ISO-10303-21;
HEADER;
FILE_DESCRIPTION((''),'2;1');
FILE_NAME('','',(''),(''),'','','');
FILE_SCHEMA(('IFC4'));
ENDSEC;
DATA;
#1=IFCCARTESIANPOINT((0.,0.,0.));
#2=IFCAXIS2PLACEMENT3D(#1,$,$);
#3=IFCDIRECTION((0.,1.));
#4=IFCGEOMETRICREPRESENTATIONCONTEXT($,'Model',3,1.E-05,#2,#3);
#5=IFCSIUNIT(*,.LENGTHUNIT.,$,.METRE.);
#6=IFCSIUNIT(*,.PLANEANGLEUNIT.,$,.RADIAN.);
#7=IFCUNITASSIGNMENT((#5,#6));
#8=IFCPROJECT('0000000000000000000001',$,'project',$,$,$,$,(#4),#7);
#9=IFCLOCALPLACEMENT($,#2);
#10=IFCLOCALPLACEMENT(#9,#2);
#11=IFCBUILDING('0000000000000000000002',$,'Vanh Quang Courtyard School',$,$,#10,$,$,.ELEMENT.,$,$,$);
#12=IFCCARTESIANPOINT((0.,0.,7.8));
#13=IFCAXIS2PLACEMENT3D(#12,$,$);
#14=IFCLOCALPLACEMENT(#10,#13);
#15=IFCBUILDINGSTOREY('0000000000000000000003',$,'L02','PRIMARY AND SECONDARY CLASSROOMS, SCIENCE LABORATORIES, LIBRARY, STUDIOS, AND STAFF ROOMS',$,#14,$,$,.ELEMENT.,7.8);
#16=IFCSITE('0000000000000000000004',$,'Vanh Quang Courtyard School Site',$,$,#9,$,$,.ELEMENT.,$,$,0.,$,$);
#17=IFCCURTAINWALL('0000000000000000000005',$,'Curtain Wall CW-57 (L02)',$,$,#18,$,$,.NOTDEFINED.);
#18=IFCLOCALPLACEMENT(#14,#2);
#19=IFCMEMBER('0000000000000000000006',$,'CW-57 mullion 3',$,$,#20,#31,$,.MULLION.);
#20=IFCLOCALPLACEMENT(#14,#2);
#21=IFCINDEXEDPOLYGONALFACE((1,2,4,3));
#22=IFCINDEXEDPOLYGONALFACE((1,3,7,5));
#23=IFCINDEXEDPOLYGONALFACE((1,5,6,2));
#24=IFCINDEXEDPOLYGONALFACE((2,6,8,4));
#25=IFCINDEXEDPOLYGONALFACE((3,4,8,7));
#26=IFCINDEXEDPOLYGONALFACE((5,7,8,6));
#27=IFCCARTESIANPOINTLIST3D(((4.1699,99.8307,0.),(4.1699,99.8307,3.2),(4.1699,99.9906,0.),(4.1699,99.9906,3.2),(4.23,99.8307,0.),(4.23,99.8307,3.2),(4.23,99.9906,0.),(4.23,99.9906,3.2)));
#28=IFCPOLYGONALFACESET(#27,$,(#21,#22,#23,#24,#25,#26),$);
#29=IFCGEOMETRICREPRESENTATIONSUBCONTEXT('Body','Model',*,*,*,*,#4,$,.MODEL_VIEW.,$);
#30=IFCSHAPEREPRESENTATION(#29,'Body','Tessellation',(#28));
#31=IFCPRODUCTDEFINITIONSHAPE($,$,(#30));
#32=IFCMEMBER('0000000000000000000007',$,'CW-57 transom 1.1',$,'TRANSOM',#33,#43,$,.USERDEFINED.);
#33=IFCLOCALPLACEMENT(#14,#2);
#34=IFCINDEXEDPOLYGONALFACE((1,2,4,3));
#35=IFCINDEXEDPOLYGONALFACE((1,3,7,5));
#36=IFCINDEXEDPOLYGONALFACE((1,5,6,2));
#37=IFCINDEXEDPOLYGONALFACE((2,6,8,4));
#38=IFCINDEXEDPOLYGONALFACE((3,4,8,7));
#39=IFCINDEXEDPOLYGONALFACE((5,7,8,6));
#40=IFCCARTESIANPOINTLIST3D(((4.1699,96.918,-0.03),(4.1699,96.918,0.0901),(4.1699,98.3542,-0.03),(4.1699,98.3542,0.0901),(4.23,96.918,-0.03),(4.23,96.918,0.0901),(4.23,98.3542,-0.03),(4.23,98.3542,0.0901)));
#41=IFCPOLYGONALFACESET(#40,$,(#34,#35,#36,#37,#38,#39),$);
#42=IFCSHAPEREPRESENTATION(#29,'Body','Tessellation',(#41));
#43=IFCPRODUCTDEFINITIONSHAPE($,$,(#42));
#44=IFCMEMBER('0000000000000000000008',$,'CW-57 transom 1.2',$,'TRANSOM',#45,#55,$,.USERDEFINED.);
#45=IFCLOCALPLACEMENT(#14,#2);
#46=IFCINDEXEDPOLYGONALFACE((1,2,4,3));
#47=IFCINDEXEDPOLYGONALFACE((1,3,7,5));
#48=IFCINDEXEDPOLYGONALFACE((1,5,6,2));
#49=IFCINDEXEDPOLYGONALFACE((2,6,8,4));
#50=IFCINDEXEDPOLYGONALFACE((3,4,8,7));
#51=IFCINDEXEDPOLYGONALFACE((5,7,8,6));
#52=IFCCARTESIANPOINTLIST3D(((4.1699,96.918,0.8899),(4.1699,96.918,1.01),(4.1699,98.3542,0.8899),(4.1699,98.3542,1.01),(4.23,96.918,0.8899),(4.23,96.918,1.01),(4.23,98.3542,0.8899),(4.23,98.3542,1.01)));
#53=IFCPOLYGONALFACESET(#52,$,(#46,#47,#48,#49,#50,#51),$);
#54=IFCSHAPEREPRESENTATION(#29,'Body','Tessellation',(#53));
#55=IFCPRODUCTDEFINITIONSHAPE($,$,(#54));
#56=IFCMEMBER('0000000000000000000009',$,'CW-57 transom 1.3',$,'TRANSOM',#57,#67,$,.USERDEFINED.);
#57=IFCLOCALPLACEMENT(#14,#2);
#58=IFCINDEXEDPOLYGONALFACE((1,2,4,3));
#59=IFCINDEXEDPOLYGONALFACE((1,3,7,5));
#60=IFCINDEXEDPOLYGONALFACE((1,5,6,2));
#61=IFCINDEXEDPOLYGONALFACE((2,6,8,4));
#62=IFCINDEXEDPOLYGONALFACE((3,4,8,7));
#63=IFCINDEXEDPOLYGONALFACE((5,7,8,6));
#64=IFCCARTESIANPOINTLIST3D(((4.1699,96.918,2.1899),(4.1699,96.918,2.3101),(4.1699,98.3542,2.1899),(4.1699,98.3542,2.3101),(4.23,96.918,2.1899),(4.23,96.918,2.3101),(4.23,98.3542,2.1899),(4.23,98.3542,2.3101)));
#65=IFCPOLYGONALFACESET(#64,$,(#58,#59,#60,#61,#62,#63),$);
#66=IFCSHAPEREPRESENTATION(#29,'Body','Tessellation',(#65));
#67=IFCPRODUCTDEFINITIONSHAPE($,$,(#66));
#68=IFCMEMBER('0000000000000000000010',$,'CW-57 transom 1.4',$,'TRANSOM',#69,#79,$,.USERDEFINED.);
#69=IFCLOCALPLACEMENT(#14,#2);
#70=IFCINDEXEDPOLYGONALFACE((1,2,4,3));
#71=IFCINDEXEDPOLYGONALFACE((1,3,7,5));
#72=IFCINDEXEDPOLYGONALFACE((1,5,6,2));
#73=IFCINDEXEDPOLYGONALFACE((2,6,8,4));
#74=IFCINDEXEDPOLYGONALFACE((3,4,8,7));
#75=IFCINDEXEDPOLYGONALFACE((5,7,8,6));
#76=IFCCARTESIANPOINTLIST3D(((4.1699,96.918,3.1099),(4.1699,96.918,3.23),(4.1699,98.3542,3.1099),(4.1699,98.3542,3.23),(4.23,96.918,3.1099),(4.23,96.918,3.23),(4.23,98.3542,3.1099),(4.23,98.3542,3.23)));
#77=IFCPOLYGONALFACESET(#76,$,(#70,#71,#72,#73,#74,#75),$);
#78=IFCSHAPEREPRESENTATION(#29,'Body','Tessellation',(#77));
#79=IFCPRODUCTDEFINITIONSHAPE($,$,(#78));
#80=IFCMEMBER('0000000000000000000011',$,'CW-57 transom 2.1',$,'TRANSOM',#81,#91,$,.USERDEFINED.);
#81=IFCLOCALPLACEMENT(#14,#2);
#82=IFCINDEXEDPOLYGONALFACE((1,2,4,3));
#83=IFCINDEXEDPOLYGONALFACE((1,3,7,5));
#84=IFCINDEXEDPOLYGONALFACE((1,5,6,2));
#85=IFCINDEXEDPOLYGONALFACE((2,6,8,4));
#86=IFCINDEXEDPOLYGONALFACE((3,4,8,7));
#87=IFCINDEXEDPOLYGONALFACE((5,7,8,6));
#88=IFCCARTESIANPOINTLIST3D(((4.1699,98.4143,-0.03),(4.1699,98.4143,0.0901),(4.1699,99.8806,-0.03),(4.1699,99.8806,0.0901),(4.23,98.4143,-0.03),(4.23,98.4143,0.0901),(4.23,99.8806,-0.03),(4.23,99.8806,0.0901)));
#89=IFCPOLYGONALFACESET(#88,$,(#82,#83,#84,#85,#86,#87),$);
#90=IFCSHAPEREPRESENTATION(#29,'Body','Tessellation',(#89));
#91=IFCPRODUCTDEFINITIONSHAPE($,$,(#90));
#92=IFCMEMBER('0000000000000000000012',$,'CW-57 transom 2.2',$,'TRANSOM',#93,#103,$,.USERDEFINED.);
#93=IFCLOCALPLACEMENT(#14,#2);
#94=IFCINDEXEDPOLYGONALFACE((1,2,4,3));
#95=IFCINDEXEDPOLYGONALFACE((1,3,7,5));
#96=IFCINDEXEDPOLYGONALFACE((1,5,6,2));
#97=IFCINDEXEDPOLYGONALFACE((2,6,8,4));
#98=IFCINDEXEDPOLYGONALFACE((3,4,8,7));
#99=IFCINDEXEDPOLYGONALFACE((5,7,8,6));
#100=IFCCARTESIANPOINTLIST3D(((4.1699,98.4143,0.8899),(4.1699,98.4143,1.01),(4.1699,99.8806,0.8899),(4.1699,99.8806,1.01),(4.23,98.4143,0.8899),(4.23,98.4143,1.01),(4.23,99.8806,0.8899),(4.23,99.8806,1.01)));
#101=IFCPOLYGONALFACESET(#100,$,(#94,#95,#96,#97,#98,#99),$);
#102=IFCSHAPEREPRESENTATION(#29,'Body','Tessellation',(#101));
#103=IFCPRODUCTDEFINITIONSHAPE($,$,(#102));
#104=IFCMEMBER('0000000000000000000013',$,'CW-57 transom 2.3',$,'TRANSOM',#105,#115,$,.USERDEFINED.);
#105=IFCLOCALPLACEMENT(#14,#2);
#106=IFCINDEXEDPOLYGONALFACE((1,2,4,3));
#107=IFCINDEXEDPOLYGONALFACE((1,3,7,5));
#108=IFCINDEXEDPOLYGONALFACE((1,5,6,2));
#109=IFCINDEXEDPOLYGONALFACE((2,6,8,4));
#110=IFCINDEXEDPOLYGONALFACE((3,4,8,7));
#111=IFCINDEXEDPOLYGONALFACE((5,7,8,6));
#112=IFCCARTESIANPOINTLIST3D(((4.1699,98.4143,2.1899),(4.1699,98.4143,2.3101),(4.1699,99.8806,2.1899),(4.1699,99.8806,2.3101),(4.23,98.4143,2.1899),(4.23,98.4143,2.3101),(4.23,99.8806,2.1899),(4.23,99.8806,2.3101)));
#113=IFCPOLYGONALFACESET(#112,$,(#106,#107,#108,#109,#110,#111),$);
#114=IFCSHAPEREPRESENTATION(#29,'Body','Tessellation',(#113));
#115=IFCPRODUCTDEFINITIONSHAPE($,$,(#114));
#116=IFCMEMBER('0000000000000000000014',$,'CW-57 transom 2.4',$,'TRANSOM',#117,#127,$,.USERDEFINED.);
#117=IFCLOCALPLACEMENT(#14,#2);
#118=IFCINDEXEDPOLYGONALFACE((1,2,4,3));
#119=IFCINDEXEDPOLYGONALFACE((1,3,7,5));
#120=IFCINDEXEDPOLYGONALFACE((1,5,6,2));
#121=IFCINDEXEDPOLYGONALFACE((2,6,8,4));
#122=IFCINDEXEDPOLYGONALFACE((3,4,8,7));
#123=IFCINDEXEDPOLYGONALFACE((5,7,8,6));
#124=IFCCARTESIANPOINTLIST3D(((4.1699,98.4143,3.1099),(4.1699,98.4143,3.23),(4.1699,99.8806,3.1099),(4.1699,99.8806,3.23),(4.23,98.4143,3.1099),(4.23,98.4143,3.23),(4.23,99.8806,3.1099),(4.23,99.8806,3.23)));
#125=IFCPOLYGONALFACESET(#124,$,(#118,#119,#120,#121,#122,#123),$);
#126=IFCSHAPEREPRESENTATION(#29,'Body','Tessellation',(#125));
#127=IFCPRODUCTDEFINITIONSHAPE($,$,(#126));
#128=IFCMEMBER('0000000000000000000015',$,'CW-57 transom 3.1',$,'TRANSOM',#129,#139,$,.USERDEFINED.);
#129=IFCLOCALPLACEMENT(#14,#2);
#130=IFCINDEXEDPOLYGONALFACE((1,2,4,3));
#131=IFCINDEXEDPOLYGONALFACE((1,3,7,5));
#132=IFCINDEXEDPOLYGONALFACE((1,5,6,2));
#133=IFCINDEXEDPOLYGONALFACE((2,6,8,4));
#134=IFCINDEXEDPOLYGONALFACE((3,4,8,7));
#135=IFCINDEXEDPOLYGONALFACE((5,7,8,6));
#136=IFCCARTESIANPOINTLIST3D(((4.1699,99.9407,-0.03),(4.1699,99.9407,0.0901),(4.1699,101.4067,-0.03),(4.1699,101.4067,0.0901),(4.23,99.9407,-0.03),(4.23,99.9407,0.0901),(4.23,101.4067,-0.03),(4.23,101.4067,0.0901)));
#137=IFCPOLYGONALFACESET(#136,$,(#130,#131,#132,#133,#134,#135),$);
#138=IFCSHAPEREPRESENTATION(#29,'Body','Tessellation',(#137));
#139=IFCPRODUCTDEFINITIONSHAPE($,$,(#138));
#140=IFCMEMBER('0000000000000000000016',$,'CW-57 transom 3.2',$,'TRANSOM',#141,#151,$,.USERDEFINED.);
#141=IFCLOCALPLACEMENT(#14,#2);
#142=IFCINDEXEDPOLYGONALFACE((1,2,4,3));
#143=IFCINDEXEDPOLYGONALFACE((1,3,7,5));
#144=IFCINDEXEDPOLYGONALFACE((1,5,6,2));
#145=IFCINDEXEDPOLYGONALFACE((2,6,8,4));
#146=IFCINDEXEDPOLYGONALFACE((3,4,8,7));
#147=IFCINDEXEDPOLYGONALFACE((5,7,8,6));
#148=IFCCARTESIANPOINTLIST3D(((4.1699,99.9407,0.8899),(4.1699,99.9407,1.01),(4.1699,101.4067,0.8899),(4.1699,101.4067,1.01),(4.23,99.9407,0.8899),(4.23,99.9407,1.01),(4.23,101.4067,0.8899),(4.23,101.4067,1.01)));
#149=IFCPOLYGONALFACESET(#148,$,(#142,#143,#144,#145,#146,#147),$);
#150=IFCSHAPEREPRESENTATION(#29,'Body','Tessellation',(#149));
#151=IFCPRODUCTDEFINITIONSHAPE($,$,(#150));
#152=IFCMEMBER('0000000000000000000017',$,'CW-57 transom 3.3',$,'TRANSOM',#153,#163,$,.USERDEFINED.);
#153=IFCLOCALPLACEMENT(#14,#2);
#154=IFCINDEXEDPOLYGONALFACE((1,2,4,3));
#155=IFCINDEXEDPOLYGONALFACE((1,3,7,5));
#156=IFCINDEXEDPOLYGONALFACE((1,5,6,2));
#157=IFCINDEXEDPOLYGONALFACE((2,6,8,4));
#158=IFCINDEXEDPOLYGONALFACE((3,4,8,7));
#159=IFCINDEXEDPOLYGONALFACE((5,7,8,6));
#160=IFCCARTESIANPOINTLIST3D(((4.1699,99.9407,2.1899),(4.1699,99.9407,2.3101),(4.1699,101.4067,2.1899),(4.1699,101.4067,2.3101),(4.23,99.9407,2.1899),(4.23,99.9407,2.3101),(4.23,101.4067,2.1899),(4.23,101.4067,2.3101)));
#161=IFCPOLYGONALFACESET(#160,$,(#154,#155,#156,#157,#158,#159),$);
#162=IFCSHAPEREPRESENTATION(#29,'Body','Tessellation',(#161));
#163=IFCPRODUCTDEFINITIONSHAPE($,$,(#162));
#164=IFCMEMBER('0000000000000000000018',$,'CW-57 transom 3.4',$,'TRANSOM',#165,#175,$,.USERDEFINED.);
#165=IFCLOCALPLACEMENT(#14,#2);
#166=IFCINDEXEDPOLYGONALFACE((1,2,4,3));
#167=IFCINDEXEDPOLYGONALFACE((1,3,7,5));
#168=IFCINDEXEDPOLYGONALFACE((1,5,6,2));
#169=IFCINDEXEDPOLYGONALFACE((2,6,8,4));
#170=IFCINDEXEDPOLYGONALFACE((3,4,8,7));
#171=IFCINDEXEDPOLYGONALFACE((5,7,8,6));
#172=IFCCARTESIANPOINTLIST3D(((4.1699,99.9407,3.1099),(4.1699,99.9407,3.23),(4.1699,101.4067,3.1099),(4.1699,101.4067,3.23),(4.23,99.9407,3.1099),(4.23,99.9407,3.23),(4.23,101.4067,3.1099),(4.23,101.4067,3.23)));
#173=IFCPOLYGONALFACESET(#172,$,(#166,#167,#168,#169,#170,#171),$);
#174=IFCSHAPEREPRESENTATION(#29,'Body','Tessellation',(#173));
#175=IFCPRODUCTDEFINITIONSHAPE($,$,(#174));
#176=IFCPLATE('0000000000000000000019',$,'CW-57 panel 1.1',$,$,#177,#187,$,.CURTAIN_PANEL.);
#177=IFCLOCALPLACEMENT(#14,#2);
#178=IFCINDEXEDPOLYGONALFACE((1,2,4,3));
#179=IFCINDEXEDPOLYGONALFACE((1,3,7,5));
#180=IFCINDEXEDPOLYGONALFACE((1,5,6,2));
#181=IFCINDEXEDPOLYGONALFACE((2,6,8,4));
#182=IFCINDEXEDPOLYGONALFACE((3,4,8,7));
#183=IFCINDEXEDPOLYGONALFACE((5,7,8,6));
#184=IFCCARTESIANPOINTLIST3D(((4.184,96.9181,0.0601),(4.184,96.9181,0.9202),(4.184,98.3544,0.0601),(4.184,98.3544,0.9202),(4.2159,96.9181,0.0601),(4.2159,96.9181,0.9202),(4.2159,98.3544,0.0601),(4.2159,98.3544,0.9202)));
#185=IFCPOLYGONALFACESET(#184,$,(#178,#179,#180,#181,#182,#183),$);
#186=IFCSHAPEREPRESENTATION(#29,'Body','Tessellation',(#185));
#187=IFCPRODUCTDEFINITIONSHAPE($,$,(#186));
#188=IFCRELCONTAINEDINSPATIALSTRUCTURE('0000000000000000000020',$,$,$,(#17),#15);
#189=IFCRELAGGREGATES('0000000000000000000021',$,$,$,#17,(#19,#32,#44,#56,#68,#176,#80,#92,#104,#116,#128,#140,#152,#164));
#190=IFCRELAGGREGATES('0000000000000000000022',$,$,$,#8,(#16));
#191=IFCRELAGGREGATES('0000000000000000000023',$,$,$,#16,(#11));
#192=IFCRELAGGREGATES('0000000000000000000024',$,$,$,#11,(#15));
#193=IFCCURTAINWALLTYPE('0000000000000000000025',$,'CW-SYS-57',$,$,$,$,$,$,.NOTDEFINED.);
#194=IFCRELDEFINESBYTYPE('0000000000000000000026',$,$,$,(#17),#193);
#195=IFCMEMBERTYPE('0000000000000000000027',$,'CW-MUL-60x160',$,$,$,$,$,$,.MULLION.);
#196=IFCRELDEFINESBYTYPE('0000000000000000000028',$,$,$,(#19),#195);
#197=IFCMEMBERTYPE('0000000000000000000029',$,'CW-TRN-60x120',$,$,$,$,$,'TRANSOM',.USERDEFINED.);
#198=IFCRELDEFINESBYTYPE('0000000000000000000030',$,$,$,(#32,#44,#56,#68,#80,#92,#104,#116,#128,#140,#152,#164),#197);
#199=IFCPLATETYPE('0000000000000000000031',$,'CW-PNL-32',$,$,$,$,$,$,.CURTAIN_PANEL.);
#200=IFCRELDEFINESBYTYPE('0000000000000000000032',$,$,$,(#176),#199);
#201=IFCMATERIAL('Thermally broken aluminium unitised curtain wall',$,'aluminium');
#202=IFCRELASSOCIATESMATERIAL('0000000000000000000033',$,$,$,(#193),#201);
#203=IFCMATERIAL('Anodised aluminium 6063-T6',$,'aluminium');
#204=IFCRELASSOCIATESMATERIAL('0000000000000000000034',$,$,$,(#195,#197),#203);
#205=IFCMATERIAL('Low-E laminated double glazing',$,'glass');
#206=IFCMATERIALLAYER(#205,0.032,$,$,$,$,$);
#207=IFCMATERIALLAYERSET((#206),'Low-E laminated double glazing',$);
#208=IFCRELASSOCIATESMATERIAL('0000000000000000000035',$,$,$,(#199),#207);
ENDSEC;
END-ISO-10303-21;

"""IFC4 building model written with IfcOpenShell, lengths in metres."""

from ifc_helpers import new_model, si_unit, direction, frame, origin, origin_2d, place, context, subcontext, project, spatial, rectangle, extrude, material, layer, layer_set, material_profile, profile_set, type_object, element, aggregate, save


model = new_model("IFC4")

# Units and contexts
model_context = context("Model", 3, precision=1e-05, world=origin(), true_north=direction((0.0, 1.0)))
body_context = subcontext(model_context, "Body", "Model", "MODEL_VIEW")
ifc_project = project(units=[si_unit("LENGTHUNIT", "METRE"), si_unit("PLANEANGLEUNIT", "RADIAN")], contexts=[model_context])

# Site, building, storey
site_placement = place(None, origin())
site = spatial("IfcSite", under=ifc_project, at=site_placement, Name="Vanh Quang Courtyard School Site", CompositionType="ELEMENT", RefElevation=0.0)
building_placement = place(site_placement, origin())
building = spatial("IfcBuilding", under=site, at=building_placement, Name="Vanh Quang Courtyard School", CompositionType="ELEMENT")
storey_placement = place(building_placement, frame((0.0, 0.0, 7.8)))
storey = spatial("IfcBuildingStorey", under=building, at=storey_placement, Name="L02", Description="PRIMARY AND SECONDARY CLASSROOMS, SCIENCE LABORATORIES, LIBRARY, STUDIOS, AND STAFF ROOMS", CompositionType="ELEMENT", Elevation=7.8)

# Curtain wall, members, plate
ifc_material_1 = material(Name="Thermally broken aluminium unitised curtain wall", Category="aluminium")
curtain_wall_type = type_object("IfcCurtainWallType", Name="CW-SYS-57", PredefinedType="NOTDEFINED", material=ifc_material_1)
curtain_wall_placement = place(storey_placement, origin())
curtain_wall = element("IfcCurtainWall", 1, at=curtain_wall_placement, inside=storey, type_object=curtain_wall_type, Name="Curtain Wall CW-57 (L02)", PredefinedType="NOTDEFINED")
ifc_material_2 = material(Name="Anodised aluminium 6063-T6", Category="aluminium")
ifc_material_profile_1 = material_profile(ifc_material_2, rectangle(XDim=0.0601, YDim=0.1599, at=origin_2d()), Name="ALU-MUL 60x160")
ifc_profile_set_1 = profile_set([ifc_material_profile_1], Name="Anodised aluminium 6063-T6")
member_type_1 = type_object("IfcMemberType", Name="CW-MUL-60x160", PredefinedType="MULLION", material=ifc_profile_set_1)
member_1_placement = place(storey_placement, frame((4.2, 99.9106, 0.0), z_axis=(0.0, 0.0, 1.0), x_axis=(-1.0, 0.0, 0.0)))
member_1 = element("IfcMember", 2, at=member_1_placement, type_object=member_type_1, Name="CW-57 mullion 3", PredefinedType="MULLION", context=body_context, shape_type="SweptSolid", body=[
    extrude(rectangle(XDim=0.0601, YDim=0.1599, at=origin_2d()), origin(), (0.0, 0.0, 1.0), 3.2),
])
ifc_material_profile_2 = material_profile(ifc_material_2, rectangle(XDim=0.0601, YDim=0.1201, at=origin_2d()), Name="ALU-TRN 60x120")
ifc_profile_set_2 = profile_set([ifc_material_profile_2], Name="Anodised aluminium 6063-T6")
member_type_2 = type_object("IfcMemberType", Name="CW-TRN-60x120", ElementType="TRANSOM", PredefinedType="USERDEFINED", material=ifc_profile_set_2)
member_2_placement = place(storey_placement, frame((4.2, 96.918, 0.03), z_axis=(0.0, 1.0, 0.0), x_axis=(-1.0, 0.0, 0.0)))
member_2 = element("IfcMember", 3, at=member_2_placement, type_object=member_type_2, Name="CW-57 transom 1.1", ObjectType="TRANSOM", PredefinedType="USERDEFINED", context=body_context, shape_type="SweptSolid", body=[
    extrude(rectangle(XDim=0.0601, YDim=0.1201, at=origin_2d()), origin(), (0.0, 0.0, 1.0), 1.4363),
])
member_3_placement = place(storey_placement, frame((4.2, 96.918, 0.95), z_axis=(0.0, 1.0, 0.0), x_axis=(-1.0, 0.0, 0.0)))
member_3 = element("IfcMember", 4, at=member_3_placement, type_object=member_type_2, Name="CW-57 transom 1.2", ObjectType="TRANSOM", PredefinedType="USERDEFINED", context=body_context, shape_type="SweptSolid", body=[
    extrude(rectangle(XDim=0.0601, YDim=0.1201, at=origin_2d()), origin(), (0.0, 0.0, 1.0), 1.4363),
])
member_4_placement = place(storey_placement, frame((4.2, 96.918, 2.25), z_axis=(0.0, 1.0, 0.0), x_axis=(-1.0, 0.0, 0.0)))
member_4 = element("IfcMember", 5, at=member_4_placement, type_object=member_type_2, Name="CW-57 transom 1.3", ObjectType="TRANSOM", PredefinedType="USERDEFINED", context=body_context, shape_type="SweptSolid", body=[
    extrude(rectangle(XDim=0.0601, YDim=0.1201, at=origin_2d()), origin(), (0.0, 0.0, 1.0), 1.4363),
])
member_5_placement = place(storey_placement, frame((4.2, 96.918, 3.1699), z_axis=(0.0, 1.0, 0.0), x_axis=(-1.0, 0.0, 0.0)))
member_5 = element("IfcMember", 6, at=member_5_placement, type_object=member_type_2, Name="CW-57 transom 1.4", ObjectType="TRANSOM", PredefinedType="USERDEFINED", context=body_context, shape_type="SweptSolid", body=[
    extrude(rectangle(XDim=0.0601, YDim=0.1201, at=origin_2d()), origin(), (0.0, 0.0, 1.0), 1.4363),
])
member_6_placement = place(storey_placement, frame((4.2, 98.4143, 0.03), z_axis=(0.0, 1.0, 0.0), x_axis=(-1.0, 0.0, 0.0)))
member_6 = element("IfcMember", 7, at=member_6_placement, type_object=member_type_2, Name="CW-57 transom 2.1", ObjectType="TRANSOM", PredefinedType="USERDEFINED", context=body_context, shape_type="SweptSolid", body=[
    extrude(rectangle(XDim=0.0601, YDim=0.1201, at=origin_2d()), origin(), (0.0, 0.0, 1.0), 1.4663),
])
member_7_placement = place(storey_placement, frame((4.2, 98.4143, 0.95), z_axis=(0.0, 1.0, 0.0), x_axis=(-1.0, 0.0, 0.0)))
member_7 = element("IfcMember", 8, at=member_7_placement, type_object=member_type_2, Name="CW-57 transom 2.2", ObjectType="TRANSOM", PredefinedType="USERDEFINED", context=body_context, shape_type="SweptSolid", body=[
    extrude(rectangle(XDim=0.0601, YDim=0.1201, at=origin_2d()), origin(), (0.0, 0.0, 1.0), 1.4663),
])
member_8_placement = place(storey_placement, frame((4.2, 98.4143, 2.25), z_axis=(0.0, 1.0, 0.0), x_axis=(-1.0, 0.0, 0.0)))
member_8 = element("IfcMember", 9, at=member_8_placement, type_object=member_type_2, Name="CW-57 transom 2.3", ObjectType="TRANSOM", PredefinedType="USERDEFINED", context=body_context, shape_type="SweptSolid", body=[
    extrude(rectangle(XDim=0.0601, YDim=0.1201, at=origin_2d()), origin(), (0.0, 0.0, 1.0), 1.4663),
])
member_9_placement = place(storey_placement, frame((4.2, 98.4143, 3.1699), z_axis=(0.0, 1.0, 0.0), x_axis=(-1.0, 0.0, 0.0)))
member_9 = element("IfcMember", 10, at=member_9_placement, type_object=member_type_2, Name="CW-57 transom 2.4", ObjectType="TRANSOM", PredefinedType="USERDEFINED", context=body_context, shape_type="SweptSolid", body=[
    extrude(rectangle(XDim=0.0601, YDim=0.1201, at=origin_2d()), origin(), (0.0, 0.0, 1.0), 1.4663),
])
member_10_placement = place(storey_placement, frame((4.2, 99.9407, 0.03), z_axis=(0.0, 1.0, 0.0), x_axis=(-1.0, 0.0, 0.0)))
member_10 = element("IfcMember", 11, at=member_10_placement, type_object=member_type_2, Name="CW-57 transom 3.1", ObjectType="TRANSOM", PredefinedType="USERDEFINED", context=body_context, shape_type="SweptSolid", body=[
    extrude(rectangle(XDim=0.0601, YDim=0.1201, at=origin_2d()), origin(), (0.0, 0.0, 1.0), 1.4661),
])
member_11_placement = place(storey_placement, frame((4.2, 99.9407, 0.95), z_axis=(0.0, 1.0, 0.0), x_axis=(-1.0, 0.0, 0.0)))
member_11 = element("IfcMember", 12, at=member_11_placement, type_object=member_type_2, Name="CW-57 transom 3.2", ObjectType="TRANSOM", PredefinedType="USERDEFINED", context=body_context, shape_type="SweptSolid", body=[
    extrude(rectangle(XDim=0.0601, YDim=0.1201, at=origin_2d()), origin(), (0.0, 0.0, 1.0), 1.4661),
])
member_12_placement = place(storey_placement, frame((4.2, 99.9407, 2.25), z_axis=(0.0, 1.0, 0.0), x_axis=(-1.0, 0.0, 0.0)))
member_12 = element("IfcMember", 13, at=member_12_placement, type_object=member_type_2, Name="CW-57 transom 3.3", ObjectType="TRANSOM", PredefinedType="USERDEFINED", context=body_context, shape_type="SweptSolid", body=[
    extrude(rectangle(XDim=0.0601, YDim=0.1201, at=origin_2d()), origin(), (0.0, 0.0, 1.0), 1.4661),
])
member_13_placement = place(storey_placement, frame((4.2, 99.9407, 3.1699), z_axis=(0.0, 1.0, 0.0), x_axis=(-1.0, 0.0, 0.0)))
member_13 = element("IfcMember", 14, at=member_13_placement, type_object=member_type_2, Name="CW-57 transom 3.4", ObjectType="TRANSOM", PredefinedType="USERDEFINED", context=body_context, shape_type="SweptSolid", body=[
    extrude(rectangle(XDim=0.0601, YDim=0.1201, at=origin_2d()), origin(), (0.0, 0.0, 1.0), 1.4661),
])
ifc_material_3 = material(Name="Low-E laminated double glazing", Category="glass")
ifc_layer = layer(ifc_material_3, 0.032)
ifc_layer_set = layer_set([ifc_layer], Name="Low-E laminated double glazing")
plate_type = type_object("IfcPlateType", Name="CW-PNL-32", PredefinedType="CURTAIN_PANEL", material=ifc_layer_set)
plate_1_placement = place(storey_placement, frame((4.2, 97.6362, 0.0601), z_axis=(0.0, 0.0, 1.0), x_axis=(0.0, 1.0, 0.0)))
plate_1 = element("IfcPlate", 15, at=plate_1_placement, type_object=plate_type, Name="CW-57 panel 1.1", PredefinedType="CURTAIN_PANEL", context=body_context, shape_type="SweptSolid", body=[
    extrude(rectangle(XDim=1.4363, YDim=0.032, at=origin_2d()), origin(), (0.0, 0.0, 1.0), 0.8601),
])
aggregate(curtain_wall, [member_1, member_2, member_3, member_4, member_5, plate_1, member_6, member_7, member_8, member_9, member_10, member_11, member_12, member_13])

save(model, "model.ifc")
